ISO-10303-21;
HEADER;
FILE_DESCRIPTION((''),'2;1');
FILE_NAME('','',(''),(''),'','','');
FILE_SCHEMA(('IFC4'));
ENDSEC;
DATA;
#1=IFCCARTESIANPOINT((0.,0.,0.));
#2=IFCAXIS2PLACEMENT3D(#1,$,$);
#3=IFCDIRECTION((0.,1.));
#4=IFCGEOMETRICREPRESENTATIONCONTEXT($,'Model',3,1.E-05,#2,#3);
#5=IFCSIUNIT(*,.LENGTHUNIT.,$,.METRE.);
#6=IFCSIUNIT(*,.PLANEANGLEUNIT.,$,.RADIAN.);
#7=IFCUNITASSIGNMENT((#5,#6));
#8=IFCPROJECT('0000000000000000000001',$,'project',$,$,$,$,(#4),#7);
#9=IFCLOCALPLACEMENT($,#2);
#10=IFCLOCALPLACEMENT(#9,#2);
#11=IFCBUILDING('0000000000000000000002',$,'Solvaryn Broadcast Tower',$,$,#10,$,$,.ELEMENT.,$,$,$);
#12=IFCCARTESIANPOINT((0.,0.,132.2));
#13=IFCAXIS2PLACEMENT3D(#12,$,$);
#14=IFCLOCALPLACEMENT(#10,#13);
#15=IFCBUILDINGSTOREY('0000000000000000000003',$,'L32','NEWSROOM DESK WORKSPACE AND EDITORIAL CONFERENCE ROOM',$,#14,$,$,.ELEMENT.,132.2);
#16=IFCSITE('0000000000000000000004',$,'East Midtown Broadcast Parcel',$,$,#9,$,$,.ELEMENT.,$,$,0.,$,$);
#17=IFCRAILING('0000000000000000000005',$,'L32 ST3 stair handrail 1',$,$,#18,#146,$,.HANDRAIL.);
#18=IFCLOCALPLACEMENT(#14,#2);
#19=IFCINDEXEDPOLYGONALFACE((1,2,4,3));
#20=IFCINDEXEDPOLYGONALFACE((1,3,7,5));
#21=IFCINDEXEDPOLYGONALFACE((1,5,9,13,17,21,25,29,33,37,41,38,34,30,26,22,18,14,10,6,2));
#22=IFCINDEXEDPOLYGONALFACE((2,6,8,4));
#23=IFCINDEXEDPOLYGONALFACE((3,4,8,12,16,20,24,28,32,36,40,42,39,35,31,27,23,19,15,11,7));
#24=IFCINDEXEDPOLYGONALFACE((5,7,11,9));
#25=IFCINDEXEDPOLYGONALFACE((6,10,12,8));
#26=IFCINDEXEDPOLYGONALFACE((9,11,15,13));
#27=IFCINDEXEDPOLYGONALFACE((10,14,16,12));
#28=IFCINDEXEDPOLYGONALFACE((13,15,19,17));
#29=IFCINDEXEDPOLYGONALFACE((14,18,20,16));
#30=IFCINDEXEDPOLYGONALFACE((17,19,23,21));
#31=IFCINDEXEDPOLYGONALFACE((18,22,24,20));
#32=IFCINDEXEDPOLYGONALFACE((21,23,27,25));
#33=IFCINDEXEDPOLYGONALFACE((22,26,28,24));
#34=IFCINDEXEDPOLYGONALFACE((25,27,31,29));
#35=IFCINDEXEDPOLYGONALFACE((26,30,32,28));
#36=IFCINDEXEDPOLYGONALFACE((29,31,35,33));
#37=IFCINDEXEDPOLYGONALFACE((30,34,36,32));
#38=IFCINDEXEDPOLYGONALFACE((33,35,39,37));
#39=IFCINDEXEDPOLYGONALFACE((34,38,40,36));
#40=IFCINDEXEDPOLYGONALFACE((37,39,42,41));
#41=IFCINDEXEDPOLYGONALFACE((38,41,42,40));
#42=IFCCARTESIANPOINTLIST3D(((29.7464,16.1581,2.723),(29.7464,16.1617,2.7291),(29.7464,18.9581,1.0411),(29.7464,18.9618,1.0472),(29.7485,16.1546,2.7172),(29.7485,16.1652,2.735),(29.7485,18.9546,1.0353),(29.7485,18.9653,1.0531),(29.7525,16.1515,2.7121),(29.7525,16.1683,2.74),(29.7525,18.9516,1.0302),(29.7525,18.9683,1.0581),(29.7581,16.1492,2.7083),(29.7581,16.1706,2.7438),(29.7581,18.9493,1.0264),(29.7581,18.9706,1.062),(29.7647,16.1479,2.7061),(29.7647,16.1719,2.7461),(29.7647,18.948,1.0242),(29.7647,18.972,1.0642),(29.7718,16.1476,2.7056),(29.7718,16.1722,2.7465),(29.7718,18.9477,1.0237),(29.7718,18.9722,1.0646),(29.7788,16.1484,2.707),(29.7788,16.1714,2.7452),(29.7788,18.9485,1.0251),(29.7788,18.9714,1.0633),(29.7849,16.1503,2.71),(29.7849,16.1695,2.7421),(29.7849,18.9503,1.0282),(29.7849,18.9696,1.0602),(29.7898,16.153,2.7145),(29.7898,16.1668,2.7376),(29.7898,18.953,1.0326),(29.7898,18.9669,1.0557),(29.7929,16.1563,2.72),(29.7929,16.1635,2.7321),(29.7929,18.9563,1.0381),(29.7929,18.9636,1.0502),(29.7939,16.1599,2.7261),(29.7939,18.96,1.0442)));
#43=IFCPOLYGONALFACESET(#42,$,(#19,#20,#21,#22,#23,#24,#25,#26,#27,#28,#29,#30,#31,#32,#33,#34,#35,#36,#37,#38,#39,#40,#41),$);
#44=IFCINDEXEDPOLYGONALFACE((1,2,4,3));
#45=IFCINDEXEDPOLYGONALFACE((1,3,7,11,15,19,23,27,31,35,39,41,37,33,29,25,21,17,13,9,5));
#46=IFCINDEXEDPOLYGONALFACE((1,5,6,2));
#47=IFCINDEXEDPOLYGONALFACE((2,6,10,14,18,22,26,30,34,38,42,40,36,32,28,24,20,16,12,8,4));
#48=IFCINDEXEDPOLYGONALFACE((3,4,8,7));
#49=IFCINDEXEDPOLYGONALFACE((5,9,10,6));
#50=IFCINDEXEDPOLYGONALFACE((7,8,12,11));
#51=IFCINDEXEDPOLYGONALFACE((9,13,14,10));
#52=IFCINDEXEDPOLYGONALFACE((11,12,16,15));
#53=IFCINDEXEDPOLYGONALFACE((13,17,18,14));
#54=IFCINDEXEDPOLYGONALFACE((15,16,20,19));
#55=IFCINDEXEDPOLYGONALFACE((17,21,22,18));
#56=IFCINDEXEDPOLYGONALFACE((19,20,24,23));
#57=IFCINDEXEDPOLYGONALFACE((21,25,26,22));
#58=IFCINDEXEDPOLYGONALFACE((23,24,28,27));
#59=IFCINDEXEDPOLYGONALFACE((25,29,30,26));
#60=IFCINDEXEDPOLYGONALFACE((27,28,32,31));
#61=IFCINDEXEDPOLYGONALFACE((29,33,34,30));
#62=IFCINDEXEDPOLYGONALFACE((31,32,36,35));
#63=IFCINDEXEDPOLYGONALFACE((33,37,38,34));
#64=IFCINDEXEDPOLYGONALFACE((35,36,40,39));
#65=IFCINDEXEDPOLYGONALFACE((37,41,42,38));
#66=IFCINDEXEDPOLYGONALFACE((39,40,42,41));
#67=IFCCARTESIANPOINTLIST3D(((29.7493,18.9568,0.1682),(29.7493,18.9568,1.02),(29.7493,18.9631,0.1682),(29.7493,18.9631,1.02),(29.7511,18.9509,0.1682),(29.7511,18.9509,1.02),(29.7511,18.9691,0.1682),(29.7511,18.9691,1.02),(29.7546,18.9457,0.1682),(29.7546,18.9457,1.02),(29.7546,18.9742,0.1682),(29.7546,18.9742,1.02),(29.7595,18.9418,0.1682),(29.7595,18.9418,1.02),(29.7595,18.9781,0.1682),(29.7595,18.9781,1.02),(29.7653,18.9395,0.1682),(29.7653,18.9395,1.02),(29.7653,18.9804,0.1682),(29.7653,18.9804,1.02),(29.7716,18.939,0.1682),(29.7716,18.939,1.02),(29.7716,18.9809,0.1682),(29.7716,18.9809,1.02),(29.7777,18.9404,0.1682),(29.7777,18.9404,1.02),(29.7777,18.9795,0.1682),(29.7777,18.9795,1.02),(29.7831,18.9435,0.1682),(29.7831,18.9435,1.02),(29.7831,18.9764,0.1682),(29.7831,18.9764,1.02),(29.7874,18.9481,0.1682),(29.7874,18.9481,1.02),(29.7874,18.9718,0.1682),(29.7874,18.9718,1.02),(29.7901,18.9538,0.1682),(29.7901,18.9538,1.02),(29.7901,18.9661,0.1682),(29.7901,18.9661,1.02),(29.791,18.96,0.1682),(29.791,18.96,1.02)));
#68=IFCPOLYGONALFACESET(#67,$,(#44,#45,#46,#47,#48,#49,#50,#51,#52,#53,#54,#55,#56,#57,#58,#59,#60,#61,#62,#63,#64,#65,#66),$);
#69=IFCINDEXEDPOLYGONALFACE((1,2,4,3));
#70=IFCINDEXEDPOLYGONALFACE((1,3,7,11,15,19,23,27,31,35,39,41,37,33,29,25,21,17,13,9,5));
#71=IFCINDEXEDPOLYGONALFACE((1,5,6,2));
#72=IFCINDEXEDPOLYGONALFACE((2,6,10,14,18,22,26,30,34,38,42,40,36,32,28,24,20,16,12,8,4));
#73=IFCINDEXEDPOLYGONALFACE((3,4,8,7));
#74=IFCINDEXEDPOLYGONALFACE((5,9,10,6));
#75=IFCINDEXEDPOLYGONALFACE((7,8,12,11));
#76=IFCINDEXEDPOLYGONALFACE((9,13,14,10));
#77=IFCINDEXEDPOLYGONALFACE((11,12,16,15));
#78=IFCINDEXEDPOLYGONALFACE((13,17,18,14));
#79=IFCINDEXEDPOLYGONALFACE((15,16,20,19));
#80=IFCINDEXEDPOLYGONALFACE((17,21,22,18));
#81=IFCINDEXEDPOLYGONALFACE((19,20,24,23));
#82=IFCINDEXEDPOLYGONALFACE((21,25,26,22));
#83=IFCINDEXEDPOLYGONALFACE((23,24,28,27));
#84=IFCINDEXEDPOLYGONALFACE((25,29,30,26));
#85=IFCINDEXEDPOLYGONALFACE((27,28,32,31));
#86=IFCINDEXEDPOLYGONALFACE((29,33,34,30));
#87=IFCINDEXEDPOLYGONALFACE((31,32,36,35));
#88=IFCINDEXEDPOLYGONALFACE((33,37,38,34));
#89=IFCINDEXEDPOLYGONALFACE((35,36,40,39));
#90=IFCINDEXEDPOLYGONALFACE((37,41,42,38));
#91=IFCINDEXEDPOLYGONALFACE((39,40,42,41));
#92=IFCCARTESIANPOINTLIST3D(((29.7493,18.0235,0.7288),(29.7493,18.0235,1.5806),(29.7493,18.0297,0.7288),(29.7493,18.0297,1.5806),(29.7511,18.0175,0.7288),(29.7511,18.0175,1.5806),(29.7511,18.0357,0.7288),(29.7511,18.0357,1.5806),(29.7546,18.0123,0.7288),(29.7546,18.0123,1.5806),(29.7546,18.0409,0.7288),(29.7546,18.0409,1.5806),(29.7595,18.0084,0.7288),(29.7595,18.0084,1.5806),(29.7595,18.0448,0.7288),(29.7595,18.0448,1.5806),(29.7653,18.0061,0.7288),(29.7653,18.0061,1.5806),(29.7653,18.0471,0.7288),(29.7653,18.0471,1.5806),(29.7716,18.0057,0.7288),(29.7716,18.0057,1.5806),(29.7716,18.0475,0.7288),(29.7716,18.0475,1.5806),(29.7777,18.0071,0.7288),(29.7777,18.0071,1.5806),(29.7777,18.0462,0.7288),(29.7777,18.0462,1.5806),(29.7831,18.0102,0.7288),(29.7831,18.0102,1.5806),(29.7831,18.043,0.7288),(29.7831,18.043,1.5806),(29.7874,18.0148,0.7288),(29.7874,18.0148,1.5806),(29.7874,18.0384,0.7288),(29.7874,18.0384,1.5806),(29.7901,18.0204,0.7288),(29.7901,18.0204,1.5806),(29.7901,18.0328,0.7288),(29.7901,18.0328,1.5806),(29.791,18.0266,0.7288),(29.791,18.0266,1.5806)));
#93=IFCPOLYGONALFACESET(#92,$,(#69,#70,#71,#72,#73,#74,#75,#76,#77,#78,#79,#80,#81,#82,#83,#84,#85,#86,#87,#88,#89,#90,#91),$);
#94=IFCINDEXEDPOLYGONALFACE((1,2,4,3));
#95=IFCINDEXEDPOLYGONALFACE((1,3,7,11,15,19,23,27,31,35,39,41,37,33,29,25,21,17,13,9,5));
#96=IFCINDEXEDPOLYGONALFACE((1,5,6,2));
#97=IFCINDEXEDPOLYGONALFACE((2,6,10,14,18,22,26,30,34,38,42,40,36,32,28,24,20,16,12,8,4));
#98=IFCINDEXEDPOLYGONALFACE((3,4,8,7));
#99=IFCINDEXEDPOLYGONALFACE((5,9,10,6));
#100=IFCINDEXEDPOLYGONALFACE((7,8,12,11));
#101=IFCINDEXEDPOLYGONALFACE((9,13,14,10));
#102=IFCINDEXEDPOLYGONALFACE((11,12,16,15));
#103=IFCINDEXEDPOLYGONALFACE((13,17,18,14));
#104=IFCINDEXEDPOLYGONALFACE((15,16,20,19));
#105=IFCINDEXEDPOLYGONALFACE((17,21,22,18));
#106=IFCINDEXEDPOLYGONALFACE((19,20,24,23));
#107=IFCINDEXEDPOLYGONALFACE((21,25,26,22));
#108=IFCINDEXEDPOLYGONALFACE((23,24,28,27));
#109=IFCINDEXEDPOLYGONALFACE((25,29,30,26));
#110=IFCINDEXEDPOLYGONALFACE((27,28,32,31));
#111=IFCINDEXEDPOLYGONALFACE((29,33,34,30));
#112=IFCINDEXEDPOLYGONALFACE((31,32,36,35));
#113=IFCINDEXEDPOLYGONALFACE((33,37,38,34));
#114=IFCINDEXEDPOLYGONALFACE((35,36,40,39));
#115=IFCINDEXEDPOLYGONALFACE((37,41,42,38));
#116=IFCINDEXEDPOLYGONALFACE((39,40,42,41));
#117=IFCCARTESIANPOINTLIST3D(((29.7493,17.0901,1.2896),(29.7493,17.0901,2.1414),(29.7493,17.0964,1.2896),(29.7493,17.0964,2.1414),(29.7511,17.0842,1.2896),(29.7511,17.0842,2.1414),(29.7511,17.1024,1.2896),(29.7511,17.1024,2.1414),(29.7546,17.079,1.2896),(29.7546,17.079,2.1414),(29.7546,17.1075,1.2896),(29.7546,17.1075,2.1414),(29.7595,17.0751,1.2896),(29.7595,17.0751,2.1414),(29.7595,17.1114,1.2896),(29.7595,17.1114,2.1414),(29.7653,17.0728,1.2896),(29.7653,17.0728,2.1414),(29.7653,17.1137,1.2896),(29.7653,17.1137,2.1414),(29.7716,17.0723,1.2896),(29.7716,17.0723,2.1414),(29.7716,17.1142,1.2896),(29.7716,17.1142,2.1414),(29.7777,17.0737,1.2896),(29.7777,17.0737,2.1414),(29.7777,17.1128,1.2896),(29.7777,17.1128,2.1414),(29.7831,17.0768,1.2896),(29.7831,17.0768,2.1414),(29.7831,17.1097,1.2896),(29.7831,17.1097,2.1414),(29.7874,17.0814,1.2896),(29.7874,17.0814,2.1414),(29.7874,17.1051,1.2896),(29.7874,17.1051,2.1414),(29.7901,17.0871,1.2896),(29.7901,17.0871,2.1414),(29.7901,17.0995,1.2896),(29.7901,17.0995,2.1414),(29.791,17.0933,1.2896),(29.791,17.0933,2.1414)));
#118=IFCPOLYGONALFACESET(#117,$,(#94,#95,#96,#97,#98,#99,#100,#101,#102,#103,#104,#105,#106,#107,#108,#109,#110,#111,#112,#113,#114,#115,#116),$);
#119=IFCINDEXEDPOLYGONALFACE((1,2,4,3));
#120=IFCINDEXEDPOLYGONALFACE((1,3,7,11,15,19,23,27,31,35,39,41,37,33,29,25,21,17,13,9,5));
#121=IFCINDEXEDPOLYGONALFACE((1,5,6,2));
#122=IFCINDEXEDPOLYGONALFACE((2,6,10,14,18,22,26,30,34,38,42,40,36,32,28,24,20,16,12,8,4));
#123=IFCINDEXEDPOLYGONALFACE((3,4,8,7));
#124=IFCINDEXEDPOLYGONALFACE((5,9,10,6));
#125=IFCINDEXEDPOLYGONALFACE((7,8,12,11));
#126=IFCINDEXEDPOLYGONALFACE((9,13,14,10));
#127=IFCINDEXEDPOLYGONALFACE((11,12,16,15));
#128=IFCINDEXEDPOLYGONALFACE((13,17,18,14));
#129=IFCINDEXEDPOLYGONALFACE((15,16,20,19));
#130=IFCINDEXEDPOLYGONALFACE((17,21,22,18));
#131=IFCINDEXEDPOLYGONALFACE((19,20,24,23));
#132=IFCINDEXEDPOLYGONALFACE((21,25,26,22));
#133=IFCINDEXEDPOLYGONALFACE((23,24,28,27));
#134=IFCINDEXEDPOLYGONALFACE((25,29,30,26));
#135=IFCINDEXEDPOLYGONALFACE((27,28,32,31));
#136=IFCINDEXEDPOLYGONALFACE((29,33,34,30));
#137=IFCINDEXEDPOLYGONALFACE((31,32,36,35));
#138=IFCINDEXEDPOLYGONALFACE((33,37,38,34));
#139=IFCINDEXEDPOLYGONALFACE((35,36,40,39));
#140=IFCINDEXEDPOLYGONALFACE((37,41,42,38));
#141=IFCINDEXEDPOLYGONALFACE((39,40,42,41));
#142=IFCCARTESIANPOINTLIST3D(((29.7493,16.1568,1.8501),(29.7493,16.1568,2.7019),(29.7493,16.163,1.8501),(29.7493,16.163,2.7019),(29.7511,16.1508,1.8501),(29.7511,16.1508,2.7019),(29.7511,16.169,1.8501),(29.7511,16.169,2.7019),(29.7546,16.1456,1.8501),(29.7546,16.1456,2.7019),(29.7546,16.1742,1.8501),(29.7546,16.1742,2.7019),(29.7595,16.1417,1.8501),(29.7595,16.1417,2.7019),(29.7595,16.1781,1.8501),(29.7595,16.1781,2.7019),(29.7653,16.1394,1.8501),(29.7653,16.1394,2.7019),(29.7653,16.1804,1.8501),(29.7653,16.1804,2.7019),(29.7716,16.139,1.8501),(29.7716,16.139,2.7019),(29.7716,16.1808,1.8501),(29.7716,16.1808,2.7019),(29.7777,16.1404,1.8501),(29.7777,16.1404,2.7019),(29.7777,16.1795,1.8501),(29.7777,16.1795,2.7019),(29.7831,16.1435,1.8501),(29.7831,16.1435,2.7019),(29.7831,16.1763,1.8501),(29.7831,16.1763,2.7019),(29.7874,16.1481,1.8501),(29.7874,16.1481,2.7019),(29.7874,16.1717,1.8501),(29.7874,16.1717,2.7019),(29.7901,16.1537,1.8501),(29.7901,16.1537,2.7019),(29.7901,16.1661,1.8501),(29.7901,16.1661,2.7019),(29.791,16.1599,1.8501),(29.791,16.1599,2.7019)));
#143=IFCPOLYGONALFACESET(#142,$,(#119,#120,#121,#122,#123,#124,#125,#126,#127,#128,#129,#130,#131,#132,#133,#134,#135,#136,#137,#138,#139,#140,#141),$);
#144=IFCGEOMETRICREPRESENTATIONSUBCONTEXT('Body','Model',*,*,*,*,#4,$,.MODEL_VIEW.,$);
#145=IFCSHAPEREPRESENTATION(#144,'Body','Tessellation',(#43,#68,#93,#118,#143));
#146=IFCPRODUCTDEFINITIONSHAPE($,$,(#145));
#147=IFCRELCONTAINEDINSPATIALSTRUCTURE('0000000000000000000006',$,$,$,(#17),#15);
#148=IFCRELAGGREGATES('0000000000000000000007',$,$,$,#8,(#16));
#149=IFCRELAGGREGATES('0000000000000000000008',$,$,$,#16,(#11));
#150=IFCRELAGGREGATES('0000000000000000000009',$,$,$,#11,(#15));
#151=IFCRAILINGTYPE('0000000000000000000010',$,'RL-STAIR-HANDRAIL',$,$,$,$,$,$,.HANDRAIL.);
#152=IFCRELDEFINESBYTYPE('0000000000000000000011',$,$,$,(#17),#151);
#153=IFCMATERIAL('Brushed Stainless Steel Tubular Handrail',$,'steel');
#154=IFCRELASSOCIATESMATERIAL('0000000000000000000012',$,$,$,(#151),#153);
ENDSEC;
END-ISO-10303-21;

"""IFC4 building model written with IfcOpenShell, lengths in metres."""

from ifc_helpers import new_model, si_unit, direction, frame, origin, origin_2d, place, context, subcontext, project, spatial, circle, extrude, material, type_object, element, save


model = new_model("IFC4")

# Units and contexts
model_context = context("Model", 3, precision=1e-05, world=origin(), true_north=direction((0.0, 1.0)))
body_context = subcontext(model_context, "Body", "Model", "MODEL_VIEW")
ifc_project = project(units=[si_unit("LENGTHUNIT", "METRE"), si_unit("PLANEANGLEUNIT", "RADIAN")], contexts=[model_context])

# Site, building, storey
site_placement = place(None, origin())
site = spatial("IfcSite", under=ifc_project, at=site_placement, Name="East Midtown Broadcast Parcel", CompositionType="ELEMENT", RefElevation=0.0)
building_placement = place(site_placement, origin())
building = spatial("IfcBuilding", under=site, at=building_placement, Name="Solvaryn Broadcast Tower", CompositionType="ELEMENT")
storey_placement = place(building_placement, frame((0.0, 0.0, 132.2)))
storey = spatial("IfcBuildingStorey", under=building, at=storey_placement, Name="L32", Description="NEWSROOM DESK WORKSPACE AND EDITORIAL CONFERENCE ROOM", CompositionType="ELEMENT", Elevation=132.2)

# Railing
ifc_material_1 = material(Name="Brushed Stainless Steel Tubular Handrail", Category="steel")
railing_type_1 = type_object("IfcRailingType", Name="RL-STAIR-HANDRAIL", PredefinedType="HANDRAIL", material=ifc_material_1)
railing_1_placement = place(storey_placement, frame((29.77, 18.96, 0.1682)))
element("IfcRailing", 1, at=railing_1_placement, inside=storey, type_object=railing_type_1, Name="L32 ST3 stair handrail 1", PredefinedType="HANDRAIL", context=body_context, shape_type="SweptSolid", body=[
    extrude(circle(Radius=0.0239, at=origin_2d()), frame((0.0, 0.0, 0.876), z_axis=(0.0, -0.857242, 0.514913), x_axis=(1.0, 0.0, 0.0)), (0.0, 0.0, 1.0), 3.2664),
    extrude(circle(Radius=0.021, at=origin_2d()), origin(), (0.0, 0.0, 1.0), 0.8518),
    extrude(circle(Radius=0.021, at=origin_2d()), frame((0.0, -0.9333, 0.5605)), (0.0, 0.0, 1.0), 0.8518),
    extrude(circle(Radius=0.021, at=origin_2d()), frame((0.0, -1.8667, 1.1213)), (0.0, 0.0, 1.0), 0.8518),
    extrude(circle(Radius=0.021, at=origin_2d()), frame((0.0, -2.8, 1.6819)), (0.0, 0.0, 1.0), 0.8518),
])

save(model, "model.ifc")
